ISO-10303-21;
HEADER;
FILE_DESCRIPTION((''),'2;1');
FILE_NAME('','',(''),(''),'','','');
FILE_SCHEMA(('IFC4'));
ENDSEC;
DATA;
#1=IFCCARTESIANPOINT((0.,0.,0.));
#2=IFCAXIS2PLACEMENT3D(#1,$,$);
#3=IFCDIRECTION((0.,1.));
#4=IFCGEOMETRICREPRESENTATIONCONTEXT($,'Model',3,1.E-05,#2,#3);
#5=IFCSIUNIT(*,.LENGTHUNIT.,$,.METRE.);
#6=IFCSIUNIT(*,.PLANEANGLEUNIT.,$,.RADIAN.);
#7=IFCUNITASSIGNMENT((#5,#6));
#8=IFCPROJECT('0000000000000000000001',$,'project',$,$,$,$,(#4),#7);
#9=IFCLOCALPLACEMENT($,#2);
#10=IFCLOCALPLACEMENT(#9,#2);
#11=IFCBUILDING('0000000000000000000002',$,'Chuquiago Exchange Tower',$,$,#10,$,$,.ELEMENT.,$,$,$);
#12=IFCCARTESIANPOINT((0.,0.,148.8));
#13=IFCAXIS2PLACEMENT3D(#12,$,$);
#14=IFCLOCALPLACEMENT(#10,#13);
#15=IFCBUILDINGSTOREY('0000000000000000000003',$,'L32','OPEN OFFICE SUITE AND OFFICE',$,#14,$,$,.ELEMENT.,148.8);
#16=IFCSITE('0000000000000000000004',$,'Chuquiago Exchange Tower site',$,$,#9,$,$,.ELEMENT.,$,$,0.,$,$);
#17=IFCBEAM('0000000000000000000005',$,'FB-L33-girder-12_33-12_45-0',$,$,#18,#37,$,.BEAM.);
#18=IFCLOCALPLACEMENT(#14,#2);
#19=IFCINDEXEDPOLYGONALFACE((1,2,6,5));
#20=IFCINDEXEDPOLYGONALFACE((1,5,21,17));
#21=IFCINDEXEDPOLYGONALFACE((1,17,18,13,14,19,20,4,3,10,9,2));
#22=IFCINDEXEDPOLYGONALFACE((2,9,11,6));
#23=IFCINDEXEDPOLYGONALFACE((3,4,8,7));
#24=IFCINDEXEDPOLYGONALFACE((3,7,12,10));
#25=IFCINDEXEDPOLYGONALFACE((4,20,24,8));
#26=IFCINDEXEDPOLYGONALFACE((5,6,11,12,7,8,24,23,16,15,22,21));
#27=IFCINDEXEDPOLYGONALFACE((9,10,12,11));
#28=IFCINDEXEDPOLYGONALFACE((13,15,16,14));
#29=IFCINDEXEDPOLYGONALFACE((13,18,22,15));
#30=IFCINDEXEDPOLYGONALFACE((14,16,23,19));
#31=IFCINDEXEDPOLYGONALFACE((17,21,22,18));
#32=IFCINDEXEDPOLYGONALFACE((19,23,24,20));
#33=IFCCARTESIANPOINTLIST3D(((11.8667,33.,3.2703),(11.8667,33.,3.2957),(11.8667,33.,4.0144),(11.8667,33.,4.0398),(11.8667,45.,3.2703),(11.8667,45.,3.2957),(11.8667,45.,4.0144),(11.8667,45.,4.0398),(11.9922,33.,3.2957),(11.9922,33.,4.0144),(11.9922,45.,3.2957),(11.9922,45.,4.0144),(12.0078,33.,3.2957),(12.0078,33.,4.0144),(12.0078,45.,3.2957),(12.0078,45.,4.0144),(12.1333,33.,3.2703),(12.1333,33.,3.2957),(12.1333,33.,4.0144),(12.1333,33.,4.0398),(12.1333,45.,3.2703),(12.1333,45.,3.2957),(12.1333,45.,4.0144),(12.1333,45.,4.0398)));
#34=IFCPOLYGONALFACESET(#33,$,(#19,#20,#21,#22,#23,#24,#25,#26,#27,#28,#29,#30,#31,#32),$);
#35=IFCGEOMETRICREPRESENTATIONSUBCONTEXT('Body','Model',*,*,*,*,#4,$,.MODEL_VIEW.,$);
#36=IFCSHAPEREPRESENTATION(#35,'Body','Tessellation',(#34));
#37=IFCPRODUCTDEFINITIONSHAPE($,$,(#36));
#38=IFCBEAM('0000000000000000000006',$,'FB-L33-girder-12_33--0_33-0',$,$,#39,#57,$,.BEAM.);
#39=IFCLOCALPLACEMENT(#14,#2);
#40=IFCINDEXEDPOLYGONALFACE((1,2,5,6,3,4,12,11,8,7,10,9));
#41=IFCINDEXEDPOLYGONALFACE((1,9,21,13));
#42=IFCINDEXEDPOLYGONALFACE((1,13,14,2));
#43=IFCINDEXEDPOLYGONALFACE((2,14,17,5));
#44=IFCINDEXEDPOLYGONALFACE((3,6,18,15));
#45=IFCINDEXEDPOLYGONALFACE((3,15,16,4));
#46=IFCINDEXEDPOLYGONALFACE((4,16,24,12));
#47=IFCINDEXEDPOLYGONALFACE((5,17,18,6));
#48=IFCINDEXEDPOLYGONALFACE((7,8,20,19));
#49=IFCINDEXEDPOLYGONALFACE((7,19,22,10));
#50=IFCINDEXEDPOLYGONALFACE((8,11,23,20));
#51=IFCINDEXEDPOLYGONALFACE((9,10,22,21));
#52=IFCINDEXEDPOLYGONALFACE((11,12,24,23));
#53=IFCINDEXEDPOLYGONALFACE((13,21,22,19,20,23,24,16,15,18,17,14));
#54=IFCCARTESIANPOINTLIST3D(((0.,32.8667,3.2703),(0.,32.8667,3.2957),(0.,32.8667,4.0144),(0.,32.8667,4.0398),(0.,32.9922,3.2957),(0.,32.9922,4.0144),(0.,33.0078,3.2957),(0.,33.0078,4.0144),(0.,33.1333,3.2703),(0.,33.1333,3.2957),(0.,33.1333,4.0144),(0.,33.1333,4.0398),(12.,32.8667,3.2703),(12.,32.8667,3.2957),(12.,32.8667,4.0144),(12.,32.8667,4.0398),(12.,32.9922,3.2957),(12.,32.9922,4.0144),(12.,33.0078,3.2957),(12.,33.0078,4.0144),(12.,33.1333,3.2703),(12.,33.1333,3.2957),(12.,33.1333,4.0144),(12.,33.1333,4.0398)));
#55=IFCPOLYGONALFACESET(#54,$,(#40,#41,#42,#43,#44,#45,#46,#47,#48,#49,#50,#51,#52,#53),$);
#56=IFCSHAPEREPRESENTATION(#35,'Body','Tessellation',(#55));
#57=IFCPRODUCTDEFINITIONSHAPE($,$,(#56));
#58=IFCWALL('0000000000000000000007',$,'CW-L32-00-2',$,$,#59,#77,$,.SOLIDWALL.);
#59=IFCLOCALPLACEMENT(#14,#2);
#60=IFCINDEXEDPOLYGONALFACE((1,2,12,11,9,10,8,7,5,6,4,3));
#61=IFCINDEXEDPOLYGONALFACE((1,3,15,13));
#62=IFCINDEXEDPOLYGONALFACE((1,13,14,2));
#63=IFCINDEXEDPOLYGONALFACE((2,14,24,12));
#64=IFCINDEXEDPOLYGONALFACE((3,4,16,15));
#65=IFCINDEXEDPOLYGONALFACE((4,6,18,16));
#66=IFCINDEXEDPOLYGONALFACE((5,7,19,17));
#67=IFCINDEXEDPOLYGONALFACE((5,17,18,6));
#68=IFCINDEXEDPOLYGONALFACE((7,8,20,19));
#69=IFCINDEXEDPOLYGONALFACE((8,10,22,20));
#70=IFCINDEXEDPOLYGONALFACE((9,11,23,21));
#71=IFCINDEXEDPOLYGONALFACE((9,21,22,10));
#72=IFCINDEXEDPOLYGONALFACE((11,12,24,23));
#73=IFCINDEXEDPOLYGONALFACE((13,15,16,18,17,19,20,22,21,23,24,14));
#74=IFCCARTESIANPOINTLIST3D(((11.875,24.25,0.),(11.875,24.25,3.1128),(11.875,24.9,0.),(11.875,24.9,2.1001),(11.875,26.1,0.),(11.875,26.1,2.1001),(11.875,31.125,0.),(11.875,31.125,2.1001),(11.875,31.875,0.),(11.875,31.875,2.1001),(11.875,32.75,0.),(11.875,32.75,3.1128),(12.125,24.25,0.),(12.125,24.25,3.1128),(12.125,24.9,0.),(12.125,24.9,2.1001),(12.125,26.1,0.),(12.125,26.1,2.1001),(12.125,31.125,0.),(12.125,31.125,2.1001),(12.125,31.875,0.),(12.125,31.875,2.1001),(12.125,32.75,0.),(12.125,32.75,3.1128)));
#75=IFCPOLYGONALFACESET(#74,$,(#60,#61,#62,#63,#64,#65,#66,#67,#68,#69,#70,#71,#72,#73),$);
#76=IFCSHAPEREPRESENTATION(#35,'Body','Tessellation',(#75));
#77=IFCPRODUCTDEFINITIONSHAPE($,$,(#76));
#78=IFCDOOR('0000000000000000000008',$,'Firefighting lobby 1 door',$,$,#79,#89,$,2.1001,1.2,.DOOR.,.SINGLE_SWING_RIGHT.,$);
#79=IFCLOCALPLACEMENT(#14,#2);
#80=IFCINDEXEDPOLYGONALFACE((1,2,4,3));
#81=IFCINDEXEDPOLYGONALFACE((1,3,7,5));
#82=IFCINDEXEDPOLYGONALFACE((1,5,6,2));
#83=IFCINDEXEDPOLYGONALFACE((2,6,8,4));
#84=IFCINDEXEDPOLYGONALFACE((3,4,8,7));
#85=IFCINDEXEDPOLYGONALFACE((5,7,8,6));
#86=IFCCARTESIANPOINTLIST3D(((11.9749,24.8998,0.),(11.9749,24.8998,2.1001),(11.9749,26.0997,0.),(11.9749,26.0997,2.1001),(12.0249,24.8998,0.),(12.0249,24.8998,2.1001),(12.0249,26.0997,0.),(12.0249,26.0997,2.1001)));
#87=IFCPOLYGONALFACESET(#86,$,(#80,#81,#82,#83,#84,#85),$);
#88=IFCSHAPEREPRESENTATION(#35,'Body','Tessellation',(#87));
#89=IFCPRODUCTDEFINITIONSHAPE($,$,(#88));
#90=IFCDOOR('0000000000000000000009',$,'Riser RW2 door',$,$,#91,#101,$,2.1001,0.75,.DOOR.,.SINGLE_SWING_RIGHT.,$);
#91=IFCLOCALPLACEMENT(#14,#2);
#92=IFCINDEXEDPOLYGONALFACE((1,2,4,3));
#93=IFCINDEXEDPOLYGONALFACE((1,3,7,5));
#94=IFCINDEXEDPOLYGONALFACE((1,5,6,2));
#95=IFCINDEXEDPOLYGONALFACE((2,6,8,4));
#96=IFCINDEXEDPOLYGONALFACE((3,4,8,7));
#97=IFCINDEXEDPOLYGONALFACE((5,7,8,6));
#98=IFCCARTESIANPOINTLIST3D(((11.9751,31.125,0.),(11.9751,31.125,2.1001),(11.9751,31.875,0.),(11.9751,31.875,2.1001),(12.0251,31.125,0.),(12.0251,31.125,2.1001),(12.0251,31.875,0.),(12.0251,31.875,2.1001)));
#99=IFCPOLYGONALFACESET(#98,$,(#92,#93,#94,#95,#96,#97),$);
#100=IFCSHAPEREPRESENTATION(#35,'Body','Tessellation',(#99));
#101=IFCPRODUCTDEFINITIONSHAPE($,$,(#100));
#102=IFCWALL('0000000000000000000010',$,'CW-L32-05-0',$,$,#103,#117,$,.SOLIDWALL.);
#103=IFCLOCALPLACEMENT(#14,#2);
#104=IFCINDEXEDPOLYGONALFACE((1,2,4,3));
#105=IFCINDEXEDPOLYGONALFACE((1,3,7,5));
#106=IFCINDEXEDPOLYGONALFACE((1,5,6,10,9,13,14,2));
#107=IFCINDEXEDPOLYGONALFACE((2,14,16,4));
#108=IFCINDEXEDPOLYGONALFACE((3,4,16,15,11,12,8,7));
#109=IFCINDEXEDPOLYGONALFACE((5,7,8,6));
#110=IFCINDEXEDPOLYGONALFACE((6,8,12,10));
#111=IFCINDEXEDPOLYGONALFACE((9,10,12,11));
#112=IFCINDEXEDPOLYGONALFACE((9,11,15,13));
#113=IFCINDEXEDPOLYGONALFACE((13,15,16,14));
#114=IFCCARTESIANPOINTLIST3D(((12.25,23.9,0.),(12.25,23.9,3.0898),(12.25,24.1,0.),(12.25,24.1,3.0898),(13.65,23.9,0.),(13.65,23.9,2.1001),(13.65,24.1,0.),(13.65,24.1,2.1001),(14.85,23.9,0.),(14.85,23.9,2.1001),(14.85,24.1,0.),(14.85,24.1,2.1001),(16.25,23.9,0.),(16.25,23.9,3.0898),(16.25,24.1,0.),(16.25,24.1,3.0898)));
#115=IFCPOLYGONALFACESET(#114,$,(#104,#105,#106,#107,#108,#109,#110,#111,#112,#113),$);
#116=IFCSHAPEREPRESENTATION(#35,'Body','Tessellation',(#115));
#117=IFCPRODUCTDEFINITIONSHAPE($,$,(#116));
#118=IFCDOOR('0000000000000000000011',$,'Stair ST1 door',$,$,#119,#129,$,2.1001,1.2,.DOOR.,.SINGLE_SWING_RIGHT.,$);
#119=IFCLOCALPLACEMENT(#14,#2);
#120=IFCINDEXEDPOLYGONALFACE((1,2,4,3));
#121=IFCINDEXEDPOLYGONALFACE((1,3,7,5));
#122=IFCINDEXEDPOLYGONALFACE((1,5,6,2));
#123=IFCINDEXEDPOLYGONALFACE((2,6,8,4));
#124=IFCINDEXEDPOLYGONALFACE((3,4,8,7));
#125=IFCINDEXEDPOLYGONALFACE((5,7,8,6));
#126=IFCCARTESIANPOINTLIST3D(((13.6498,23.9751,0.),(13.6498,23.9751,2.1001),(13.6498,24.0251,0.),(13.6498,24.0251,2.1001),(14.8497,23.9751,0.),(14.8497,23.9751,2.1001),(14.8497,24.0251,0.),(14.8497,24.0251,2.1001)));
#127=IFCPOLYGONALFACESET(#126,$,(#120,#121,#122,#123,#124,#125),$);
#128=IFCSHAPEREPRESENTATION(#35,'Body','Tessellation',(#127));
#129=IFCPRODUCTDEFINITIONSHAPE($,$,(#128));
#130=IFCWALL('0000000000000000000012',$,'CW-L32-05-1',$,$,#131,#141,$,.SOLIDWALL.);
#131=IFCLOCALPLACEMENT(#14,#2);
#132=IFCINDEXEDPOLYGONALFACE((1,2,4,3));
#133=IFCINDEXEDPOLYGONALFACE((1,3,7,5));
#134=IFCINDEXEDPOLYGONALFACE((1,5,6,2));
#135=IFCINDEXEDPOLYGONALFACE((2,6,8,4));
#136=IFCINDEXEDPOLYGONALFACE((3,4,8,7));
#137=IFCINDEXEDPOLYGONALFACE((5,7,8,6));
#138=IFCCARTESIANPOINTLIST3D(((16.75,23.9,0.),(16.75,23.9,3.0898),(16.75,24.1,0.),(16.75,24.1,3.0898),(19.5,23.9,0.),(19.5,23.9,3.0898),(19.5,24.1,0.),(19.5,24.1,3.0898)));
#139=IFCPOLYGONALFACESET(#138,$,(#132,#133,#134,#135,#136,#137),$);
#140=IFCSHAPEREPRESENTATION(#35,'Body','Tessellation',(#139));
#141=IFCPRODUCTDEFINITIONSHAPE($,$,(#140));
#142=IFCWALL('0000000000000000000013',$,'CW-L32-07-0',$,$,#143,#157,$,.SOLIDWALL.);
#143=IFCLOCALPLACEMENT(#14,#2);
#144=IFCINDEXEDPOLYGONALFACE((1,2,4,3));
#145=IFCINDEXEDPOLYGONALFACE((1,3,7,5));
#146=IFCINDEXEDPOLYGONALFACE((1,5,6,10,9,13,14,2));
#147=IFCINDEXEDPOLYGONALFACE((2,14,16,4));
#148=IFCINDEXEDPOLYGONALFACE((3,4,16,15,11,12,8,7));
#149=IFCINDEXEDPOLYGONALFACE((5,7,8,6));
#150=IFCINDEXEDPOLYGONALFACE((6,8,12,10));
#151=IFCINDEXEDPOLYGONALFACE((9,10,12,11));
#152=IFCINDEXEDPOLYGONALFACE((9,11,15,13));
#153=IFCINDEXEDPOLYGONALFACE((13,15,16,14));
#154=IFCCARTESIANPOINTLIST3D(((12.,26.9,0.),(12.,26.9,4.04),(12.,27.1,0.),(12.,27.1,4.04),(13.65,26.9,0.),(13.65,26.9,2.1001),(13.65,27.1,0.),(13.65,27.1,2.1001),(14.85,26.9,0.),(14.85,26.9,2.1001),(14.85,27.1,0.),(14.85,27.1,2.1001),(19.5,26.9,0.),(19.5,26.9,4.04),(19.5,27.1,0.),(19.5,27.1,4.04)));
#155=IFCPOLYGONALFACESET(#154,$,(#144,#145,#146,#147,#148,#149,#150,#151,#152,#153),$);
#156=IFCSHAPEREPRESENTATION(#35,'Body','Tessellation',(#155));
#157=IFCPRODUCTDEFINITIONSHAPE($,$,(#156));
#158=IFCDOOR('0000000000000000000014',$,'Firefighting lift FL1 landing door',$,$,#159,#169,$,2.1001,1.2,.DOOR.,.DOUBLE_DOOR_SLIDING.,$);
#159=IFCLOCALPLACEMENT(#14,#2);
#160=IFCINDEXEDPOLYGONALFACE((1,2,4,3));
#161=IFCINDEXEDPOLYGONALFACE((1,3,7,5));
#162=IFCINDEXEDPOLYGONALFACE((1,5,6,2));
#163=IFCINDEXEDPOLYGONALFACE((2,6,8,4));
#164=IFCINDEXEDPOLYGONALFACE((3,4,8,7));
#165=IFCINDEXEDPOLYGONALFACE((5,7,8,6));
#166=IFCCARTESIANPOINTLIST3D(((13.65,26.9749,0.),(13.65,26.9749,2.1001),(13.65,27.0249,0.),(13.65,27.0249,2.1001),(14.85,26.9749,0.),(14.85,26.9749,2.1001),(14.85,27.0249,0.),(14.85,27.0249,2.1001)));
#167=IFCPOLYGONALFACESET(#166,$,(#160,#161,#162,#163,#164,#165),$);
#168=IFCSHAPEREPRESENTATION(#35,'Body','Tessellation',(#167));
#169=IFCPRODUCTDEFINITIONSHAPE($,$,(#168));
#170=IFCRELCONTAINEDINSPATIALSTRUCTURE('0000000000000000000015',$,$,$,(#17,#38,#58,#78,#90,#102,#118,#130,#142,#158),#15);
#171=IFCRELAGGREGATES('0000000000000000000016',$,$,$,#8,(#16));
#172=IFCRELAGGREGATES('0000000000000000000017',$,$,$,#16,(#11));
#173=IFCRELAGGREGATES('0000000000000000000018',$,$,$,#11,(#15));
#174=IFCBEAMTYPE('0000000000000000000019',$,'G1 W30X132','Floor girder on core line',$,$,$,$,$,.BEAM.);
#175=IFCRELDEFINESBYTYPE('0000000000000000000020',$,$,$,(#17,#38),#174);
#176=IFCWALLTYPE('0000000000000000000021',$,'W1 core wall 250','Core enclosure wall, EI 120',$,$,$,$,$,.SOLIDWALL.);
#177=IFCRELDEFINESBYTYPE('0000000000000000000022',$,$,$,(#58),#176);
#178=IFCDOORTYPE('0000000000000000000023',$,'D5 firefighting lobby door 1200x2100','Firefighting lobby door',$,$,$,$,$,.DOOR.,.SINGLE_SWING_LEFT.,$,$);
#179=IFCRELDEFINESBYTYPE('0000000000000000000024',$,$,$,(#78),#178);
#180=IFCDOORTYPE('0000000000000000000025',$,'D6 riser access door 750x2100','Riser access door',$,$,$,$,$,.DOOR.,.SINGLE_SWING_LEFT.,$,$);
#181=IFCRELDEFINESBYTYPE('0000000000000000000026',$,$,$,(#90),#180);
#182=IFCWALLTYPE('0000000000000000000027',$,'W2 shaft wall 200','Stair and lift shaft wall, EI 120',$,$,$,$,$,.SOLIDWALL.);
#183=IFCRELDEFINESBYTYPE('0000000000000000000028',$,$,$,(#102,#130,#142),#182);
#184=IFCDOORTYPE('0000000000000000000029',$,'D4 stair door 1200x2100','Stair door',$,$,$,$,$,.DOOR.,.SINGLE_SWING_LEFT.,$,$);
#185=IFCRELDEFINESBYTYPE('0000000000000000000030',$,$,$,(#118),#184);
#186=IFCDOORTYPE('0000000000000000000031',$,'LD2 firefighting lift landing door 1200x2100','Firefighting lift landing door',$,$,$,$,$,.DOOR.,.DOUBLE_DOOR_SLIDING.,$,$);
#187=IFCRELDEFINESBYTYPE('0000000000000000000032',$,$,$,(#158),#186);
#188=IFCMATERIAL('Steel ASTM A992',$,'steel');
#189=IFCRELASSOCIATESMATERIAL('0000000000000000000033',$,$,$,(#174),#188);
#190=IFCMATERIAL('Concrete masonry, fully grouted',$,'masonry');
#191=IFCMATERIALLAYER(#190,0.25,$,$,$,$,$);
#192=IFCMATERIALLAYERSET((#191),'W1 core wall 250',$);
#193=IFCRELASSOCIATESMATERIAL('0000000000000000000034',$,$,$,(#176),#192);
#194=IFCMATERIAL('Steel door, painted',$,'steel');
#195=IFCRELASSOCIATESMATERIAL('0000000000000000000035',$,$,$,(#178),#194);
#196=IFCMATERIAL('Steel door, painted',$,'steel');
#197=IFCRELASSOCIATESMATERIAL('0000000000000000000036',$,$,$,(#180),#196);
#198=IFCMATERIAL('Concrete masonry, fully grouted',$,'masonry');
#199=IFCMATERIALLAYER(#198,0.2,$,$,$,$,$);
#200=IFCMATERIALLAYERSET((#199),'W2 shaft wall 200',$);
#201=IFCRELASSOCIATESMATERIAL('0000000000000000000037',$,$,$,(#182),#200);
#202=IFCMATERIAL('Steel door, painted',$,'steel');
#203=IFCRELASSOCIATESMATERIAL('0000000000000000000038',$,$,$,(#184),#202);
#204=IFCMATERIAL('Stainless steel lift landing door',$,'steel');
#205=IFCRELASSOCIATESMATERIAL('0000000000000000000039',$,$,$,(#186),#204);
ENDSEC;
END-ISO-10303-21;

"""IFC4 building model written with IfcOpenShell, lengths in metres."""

from ifc_helpers import new_model, si_unit, direction, frame, frame_2d, origin, origin_2d, place, context, subcontext, project, spatial, rectangle, i_section, extrude, material, layer, layer_set, material_profile, profile_set, type_object, element, fill, save


model = new_model("IFC4")

# Units and contexts
model_context = context("Model", 3, precision=1e-05, world=origin(), true_north=direction((0.0, 1.0)))
body_context = subcontext(model_context, "Body", "Model", "MODEL_VIEW")
ifc_project = project(units=[si_unit("LENGTHUNIT", "METRE"), si_unit("PLANEANGLEUNIT", "RADIAN")], contexts=[model_context])

# Site, building, storey
site_placement = place(None, origin())
site = spatial("IfcSite", under=ifc_project, at=site_placement, Name="Chuquiago Exchange Tower site", CompositionType="ELEMENT", RefElevation=0.0)
building_placement = place(site_placement, origin())
building = spatial("IfcBuilding", under=site, at=building_placement, Name="Chuquiago Exchange Tower", CompositionType="ELEMENT")
storey_placement = place(building_placement, frame((0.0, 0.0, 148.8)))
storey = spatial("IfcBuildingStorey", under=building, at=storey_placement, Name="L32", Description="OPEN OFFICE SUITE AND OFFICE", CompositionType="ELEMENT", Elevation=148.8)

# Beams
ifc_material_1 = material(Name="Steel ASTM A992", Category="steel")
ifc_material_profile_1 = material_profile(ifc_material_1, i_section(OverallWidth=0.2666, OverallDepth=0.7695, WebThickness=0.0156, FlangeThickness=0.0254, at=origin_2d()), Name="W30X132")
ifc_profile_set_1 = profile_set([ifc_material_profile_1], Name="Steel ASTM A992")
beam_type_1 = type_object("IfcBeamType", Name="G1 W30X132", Description="Floor girder on core line", PredefinedType="BEAM", material=ifc_profile_set_1)
for number, where, z_axis, x_axis, name in (
    (1, (12.0, 33.0, 3.655), (0.0, 1.0, 0.0), (-1.0, 0.0, 0.0), "FB-L33-girder-12_33-12_45-0"),
    (2, (12.0, 33.0, 3.655), (-1.0, 0.0, 0.0), (0.0, -1.0, 0.0), "FB-L33-girder-12_33--0_33-0"),
):
    element("IfcBeam", number, at=place(storey_placement, frame(where, z_axis=z_axis, x_axis=x_axis)), inside=storey, type_object=beam_type_1, Name=name, PredefinedType="BEAM", context=body_context, shape_type="SweptSolid", body=[
        extrude(i_section(OverallWidth=0.2666, OverallDepth=0.7695, WebThickness=0.0156, FlangeThickness=0.0254, at=origin_2d()), origin(), (0.0, 0.0, 1.0), 12.0),
    ])

# Wall, openings, doors
ifc_material_2 = material(Name="Concrete masonry, fully grouted", Category="masonry")
ifc_layer_1 = layer(ifc_material_2, 0.25)
ifc_layer_set_1 = layer_set([ifc_layer_1], Name="W1 core wall 250")
wall_type_1 = type_object("IfcWallType", Name="W1 core wall 250", Description="Core enclosure wall, EI 120", PredefinedType="SOLIDWALL", material=ifc_layer_set_1)
wall_1_placement = place(storey_placement, frame((12.0, 24.25, 0.0), z_axis=(0.0, 0.0, 1.0), x_axis=(0.0, 1.0, 0.0)))
wall_1 = element("IfcWall", 3, at=wall_1_placement, inside=storey, type_object=wall_type_1, Name="CW-L32-00-2", PredefinedType="SOLIDWALL", context=body_context, shape_type="SweptSolid", body=[
    extrude(rectangle(XDim=8.5, YDim=0.25, at=frame_2d((4.25, 0.0))), origin(), (0.0, 0.0, 1.0), 3.1128),
])
opening_1_placement = place(wall_1_placement, frame((0.6499, 0.0, 0.0)))
opening_1 = element("IfcOpeningElement", 4, at=opening_1_placement, cuts=wall_1, PredefinedType="OPENING", context=body_context, shape_type="SweptSolid", body=[
    extrude(rectangle(XDim=1.2, YDim=2.1001, at=frame_2d((0.6001, 1.05))), frame((0.0, 0.135, 0.0), z_axis=(0.0, -1.0, 0.0), x_axis=(1.0, 0.0, 0.0)), (0.0, 0.0, 1.0), 0.27),
])
opening_2_placement = place(wall_1_placement, frame((6.875, 0.0, 0.0)))
opening_2 = element("IfcOpeningElement", 5, at=opening_2_placement, cuts=wall_1, PredefinedType="OPENING", context=body_context, shape_type="SweptSolid", body=[
    extrude(rectangle(XDim=0.75, YDim=2.1001, at=frame_2d((0.375, 1.05))), frame((0.0, 0.135, 0.0), z_axis=(0.0, -1.0, 0.0), x_axis=(1.0, 0.0, 0.0)), (0.0, 0.0, 1.0), 0.27),
])
ifc_material_3 = material(Name="Steel door, painted", Category="steel")
door_type_1 = type_object("IfcDoorType", Name="D5 firefighting lobby door 1200x2100", Description="Firefighting lobby door", OperationType="SINGLE_SWING_LEFT", PredefinedType="DOOR", material=ifc_material_3)
door_1_placement = place(opening_1_placement, frame((1.2, 0.0, 0.0), z_axis=(0.0, 0.0, 1.0), x_axis=(-1.0, 0.0, 0.0)))
door_1 = element("IfcDoor", 6, at=door_1_placement, inside=storey, type_object=door_type_1, Name="Firefighting lobby 1 door", OperationType="SINGLE_SWING_RIGHT", OverallHeight=2.1001, OverallWidth=1.2, PredefinedType="DOOR", context=body_context, shape_type="SweptSolid", body=[
    extrude(rectangle(XDim=1.2, YDim=2.1001, at=frame_2d((0.6001, 1.05))), frame((0.0, 0.0249, 0.0), z_axis=(0.0, -1.0, 0.0), x_axis=(1.0, 0.0, 0.0)), (0.0, 0.0, 1.0), 0.05),
])
fill(opening_1, door_1)
ifc_material_4 = material(Name="Steel door, painted", Category="steel")
door_type_2 = type_object("IfcDoorType", Name="D6 riser access door 750x2100", Description="Riser access door", OperationType="SINGLE_SWING_LEFT", PredefinedType="DOOR", material=ifc_material_4)
door_2_placement = place(opening_2_placement, origin())
door_2 = element("IfcDoor", 7, at=door_2_placement, inside=storey, type_object=door_type_2, Name="Riser RW2 door", OperationType="SINGLE_SWING_RIGHT", OverallHeight=2.1001, OverallWidth=0.75, PredefinedType="DOOR", context=body_context, shape_type="SweptSolid", body=[
    extrude(rectangle(XDim=0.75, YDim=2.1001, at=frame_2d((0.375, 1.05))), frame((0.0, 0.0249, 0.0), z_axis=(0.0, -1.0, 0.0), x_axis=(1.0, 0.0, 0.0)), (0.0, 0.0, 1.0), 0.05),
])
fill(opening_2, door_2)

# Wall, opening, door
ifc_material_5 = material(Name="Concrete masonry, fully grouted", Category="masonry")
ifc_layer_2 = layer(ifc_material_5, 0.2)
ifc_layer_set_2 = layer_set([ifc_layer_2], Name="W2 shaft wall 200")
wall_type_2 = type_object("IfcWallType", Name="W2 shaft wall 200", Description="Stair and lift shaft wall, EI 120", PredefinedType="SOLIDWALL", material=ifc_layer_set_2)
wall_2_placement = place(storey_placement, frame((12.25, 24.0, 0.0), z_axis=(0.0, 0.0, 1.0), x_axis=(1.0, 0.0, 0.0)))
wall_2 = element("IfcWall", 8, at=wall_2_placement, inside=storey, type_object=wall_type_2, Name="CW-L32-05-0", PredefinedType="SOLIDWALL", context=body_context, shape_type="SweptSolid", body=[
    extrude(rectangle(XDim=4.0, YDim=0.2, at=frame_2d((2.0, 0.0))), origin(), (0.0, 0.0, 1.0), 3.0898),
])
opening_3_placement = place(wall_2_placement, frame((1.3999, 0.0, 0.0)))
opening_3 = element("IfcOpeningElement", 9, at=opening_3_placement, cuts=wall_2, PredefinedType="OPENING", context=body_context, shape_type="SweptSolid", body=[
    extrude(rectangle(XDim=1.2, YDim=2.1001, at=frame_2d((0.6001, 1.05))), frame((0.0, 0.1099, 0.0), z_axis=(0.0, -1.0, 0.0), x_axis=(1.0, 0.0, 0.0)), (0.0, 0.0, 1.0), 0.22),
])
ifc_material_6 = material(Name="Steel door, painted", Category="steel")
door_type_3 = type_object("IfcDoorType", Name="D4 stair door 1200x2100", Description="Stair door", OperationType="SINGLE_SWING_LEFT", PredefinedType="DOOR", material=ifc_material_6)
door_3_placement = place(opening_3_placement, frame((1.2, 0.0, 0.0), z_axis=(0.0, 0.0, 1.0), x_axis=(-1.0, 0.0, 0.0)))
door_3 = element("IfcDoor", 10, at=door_3_placement, inside=storey, type_object=door_type_3, Name="Stair ST1 door", OperationType="SINGLE_SWING_RIGHT", OverallHeight=2.1001, OverallWidth=1.2, PredefinedType="DOOR", context=body_context, shape_type="SweptSolid", body=[
    extrude(rectangle(XDim=1.2, YDim=2.1001, at=frame_2d((0.6001, 1.05))), frame((0.0, 0.0249, 0.0), z_axis=(0.0, -1.0, 0.0), x_axis=(1.0, 0.0, 0.0)), (0.0, 0.0, 1.0), 0.05),
])
fill(opening_3, door_3)

# Wall
wall_3_placement = place(storey_placement, frame((16.75, 24.0, 0.0), z_axis=(0.0, 0.0, 1.0), x_axis=(1.0, 0.0, 0.0)))
element("IfcWall", 11, at=wall_3_placement, inside=storey, type_object=wall_type_2, Name="CW-L32-05-1", PredefinedType="SOLIDWALL", context=body_context, shape_type="SweptSolid", body=[
    extrude(rectangle(XDim=2.75, YDim=0.2, at=frame_2d((1.375, 0.0))), origin(), (0.0, 0.0, 1.0), 3.0898),
])

# Wall, opening, door
wall_4_placement = place(storey_placement, frame((12.0, 27.0, 0.0), z_axis=(0.0, 0.0, 1.0), x_axis=(1.0, 0.0, 0.0)))
wall_4 = element("IfcWall", 12, at=wall_4_placement, inside=storey, type_object=wall_type_2, Name="CW-L32-07-0", PredefinedType="SOLIDWALL", context=body_context, shape_type="SweptSolid", body=[
    extrude(rectangle(XDim=7.5, YDim=0.2, at=frame_2d((3.75, 0.0))), origin(), (0.0, 0.0, 1.0), 4.04),
])
opening_4_placement = place(wall_4_placement, frame((1.6499, 0.0, 0.0)))
opening_4 = element("IfcOpeningElement", 13, at=opening_4_placement, cuts=wall_4, PredefinedType="OPENING", context=body_context, shape_type="SweptSolid", body=[
    extrude(rectangle(XDim=1.2, YDim=2.1001, at=frame_2d((0.6001, 1.05))), frame((0.0, 0.1099, 0.0), z_axis=(0.0, -1.0, 0.0), x_axis=(1.0, 0.0, 0.0)), (0.0, 0.0, 1.0), 0.22),
])
ifc_material_7 = material(Name="Stainless steel lift landing door", Category="steel")
door_type_4 = type_object("IfcDoorType", Name="LD2 firefighting lift landing door 1200x2100", Description="Firefighting lift landing door", OperationType="DOUBLE_DOOR_SLIDING", PredefinedType="DOOR", material=ifc_material_7)
door_4_placement = place(opening_4_placement, origin())
door_4 = element("IfcDoor", 14, at=door_4_placement, inside=storey, type_object=door_type_4, Name="Firefighting lift FL1 landing door", OperationType="DOUBLE_DOOR_SLIDING", OverallHeight=2.1001, OverallWidth=1.2, PredefinedType="DOOR", context=body_context, shape_type="SweptSolid", body=[
    extrude(rectangle(XDim=1.2, YDim=2.1001, at=frame_2d((0.6001, 1.05))), frame((0.0, 0.0249, 0.0), z_axis=(0.0, -1.0, 0.0), x_axis=(1.0, 0.0, 0.0)), (0.0, 0.0, 1.0), 0.05),
])
fill(opening_4, door_4)

save(model, "model.ifc")
